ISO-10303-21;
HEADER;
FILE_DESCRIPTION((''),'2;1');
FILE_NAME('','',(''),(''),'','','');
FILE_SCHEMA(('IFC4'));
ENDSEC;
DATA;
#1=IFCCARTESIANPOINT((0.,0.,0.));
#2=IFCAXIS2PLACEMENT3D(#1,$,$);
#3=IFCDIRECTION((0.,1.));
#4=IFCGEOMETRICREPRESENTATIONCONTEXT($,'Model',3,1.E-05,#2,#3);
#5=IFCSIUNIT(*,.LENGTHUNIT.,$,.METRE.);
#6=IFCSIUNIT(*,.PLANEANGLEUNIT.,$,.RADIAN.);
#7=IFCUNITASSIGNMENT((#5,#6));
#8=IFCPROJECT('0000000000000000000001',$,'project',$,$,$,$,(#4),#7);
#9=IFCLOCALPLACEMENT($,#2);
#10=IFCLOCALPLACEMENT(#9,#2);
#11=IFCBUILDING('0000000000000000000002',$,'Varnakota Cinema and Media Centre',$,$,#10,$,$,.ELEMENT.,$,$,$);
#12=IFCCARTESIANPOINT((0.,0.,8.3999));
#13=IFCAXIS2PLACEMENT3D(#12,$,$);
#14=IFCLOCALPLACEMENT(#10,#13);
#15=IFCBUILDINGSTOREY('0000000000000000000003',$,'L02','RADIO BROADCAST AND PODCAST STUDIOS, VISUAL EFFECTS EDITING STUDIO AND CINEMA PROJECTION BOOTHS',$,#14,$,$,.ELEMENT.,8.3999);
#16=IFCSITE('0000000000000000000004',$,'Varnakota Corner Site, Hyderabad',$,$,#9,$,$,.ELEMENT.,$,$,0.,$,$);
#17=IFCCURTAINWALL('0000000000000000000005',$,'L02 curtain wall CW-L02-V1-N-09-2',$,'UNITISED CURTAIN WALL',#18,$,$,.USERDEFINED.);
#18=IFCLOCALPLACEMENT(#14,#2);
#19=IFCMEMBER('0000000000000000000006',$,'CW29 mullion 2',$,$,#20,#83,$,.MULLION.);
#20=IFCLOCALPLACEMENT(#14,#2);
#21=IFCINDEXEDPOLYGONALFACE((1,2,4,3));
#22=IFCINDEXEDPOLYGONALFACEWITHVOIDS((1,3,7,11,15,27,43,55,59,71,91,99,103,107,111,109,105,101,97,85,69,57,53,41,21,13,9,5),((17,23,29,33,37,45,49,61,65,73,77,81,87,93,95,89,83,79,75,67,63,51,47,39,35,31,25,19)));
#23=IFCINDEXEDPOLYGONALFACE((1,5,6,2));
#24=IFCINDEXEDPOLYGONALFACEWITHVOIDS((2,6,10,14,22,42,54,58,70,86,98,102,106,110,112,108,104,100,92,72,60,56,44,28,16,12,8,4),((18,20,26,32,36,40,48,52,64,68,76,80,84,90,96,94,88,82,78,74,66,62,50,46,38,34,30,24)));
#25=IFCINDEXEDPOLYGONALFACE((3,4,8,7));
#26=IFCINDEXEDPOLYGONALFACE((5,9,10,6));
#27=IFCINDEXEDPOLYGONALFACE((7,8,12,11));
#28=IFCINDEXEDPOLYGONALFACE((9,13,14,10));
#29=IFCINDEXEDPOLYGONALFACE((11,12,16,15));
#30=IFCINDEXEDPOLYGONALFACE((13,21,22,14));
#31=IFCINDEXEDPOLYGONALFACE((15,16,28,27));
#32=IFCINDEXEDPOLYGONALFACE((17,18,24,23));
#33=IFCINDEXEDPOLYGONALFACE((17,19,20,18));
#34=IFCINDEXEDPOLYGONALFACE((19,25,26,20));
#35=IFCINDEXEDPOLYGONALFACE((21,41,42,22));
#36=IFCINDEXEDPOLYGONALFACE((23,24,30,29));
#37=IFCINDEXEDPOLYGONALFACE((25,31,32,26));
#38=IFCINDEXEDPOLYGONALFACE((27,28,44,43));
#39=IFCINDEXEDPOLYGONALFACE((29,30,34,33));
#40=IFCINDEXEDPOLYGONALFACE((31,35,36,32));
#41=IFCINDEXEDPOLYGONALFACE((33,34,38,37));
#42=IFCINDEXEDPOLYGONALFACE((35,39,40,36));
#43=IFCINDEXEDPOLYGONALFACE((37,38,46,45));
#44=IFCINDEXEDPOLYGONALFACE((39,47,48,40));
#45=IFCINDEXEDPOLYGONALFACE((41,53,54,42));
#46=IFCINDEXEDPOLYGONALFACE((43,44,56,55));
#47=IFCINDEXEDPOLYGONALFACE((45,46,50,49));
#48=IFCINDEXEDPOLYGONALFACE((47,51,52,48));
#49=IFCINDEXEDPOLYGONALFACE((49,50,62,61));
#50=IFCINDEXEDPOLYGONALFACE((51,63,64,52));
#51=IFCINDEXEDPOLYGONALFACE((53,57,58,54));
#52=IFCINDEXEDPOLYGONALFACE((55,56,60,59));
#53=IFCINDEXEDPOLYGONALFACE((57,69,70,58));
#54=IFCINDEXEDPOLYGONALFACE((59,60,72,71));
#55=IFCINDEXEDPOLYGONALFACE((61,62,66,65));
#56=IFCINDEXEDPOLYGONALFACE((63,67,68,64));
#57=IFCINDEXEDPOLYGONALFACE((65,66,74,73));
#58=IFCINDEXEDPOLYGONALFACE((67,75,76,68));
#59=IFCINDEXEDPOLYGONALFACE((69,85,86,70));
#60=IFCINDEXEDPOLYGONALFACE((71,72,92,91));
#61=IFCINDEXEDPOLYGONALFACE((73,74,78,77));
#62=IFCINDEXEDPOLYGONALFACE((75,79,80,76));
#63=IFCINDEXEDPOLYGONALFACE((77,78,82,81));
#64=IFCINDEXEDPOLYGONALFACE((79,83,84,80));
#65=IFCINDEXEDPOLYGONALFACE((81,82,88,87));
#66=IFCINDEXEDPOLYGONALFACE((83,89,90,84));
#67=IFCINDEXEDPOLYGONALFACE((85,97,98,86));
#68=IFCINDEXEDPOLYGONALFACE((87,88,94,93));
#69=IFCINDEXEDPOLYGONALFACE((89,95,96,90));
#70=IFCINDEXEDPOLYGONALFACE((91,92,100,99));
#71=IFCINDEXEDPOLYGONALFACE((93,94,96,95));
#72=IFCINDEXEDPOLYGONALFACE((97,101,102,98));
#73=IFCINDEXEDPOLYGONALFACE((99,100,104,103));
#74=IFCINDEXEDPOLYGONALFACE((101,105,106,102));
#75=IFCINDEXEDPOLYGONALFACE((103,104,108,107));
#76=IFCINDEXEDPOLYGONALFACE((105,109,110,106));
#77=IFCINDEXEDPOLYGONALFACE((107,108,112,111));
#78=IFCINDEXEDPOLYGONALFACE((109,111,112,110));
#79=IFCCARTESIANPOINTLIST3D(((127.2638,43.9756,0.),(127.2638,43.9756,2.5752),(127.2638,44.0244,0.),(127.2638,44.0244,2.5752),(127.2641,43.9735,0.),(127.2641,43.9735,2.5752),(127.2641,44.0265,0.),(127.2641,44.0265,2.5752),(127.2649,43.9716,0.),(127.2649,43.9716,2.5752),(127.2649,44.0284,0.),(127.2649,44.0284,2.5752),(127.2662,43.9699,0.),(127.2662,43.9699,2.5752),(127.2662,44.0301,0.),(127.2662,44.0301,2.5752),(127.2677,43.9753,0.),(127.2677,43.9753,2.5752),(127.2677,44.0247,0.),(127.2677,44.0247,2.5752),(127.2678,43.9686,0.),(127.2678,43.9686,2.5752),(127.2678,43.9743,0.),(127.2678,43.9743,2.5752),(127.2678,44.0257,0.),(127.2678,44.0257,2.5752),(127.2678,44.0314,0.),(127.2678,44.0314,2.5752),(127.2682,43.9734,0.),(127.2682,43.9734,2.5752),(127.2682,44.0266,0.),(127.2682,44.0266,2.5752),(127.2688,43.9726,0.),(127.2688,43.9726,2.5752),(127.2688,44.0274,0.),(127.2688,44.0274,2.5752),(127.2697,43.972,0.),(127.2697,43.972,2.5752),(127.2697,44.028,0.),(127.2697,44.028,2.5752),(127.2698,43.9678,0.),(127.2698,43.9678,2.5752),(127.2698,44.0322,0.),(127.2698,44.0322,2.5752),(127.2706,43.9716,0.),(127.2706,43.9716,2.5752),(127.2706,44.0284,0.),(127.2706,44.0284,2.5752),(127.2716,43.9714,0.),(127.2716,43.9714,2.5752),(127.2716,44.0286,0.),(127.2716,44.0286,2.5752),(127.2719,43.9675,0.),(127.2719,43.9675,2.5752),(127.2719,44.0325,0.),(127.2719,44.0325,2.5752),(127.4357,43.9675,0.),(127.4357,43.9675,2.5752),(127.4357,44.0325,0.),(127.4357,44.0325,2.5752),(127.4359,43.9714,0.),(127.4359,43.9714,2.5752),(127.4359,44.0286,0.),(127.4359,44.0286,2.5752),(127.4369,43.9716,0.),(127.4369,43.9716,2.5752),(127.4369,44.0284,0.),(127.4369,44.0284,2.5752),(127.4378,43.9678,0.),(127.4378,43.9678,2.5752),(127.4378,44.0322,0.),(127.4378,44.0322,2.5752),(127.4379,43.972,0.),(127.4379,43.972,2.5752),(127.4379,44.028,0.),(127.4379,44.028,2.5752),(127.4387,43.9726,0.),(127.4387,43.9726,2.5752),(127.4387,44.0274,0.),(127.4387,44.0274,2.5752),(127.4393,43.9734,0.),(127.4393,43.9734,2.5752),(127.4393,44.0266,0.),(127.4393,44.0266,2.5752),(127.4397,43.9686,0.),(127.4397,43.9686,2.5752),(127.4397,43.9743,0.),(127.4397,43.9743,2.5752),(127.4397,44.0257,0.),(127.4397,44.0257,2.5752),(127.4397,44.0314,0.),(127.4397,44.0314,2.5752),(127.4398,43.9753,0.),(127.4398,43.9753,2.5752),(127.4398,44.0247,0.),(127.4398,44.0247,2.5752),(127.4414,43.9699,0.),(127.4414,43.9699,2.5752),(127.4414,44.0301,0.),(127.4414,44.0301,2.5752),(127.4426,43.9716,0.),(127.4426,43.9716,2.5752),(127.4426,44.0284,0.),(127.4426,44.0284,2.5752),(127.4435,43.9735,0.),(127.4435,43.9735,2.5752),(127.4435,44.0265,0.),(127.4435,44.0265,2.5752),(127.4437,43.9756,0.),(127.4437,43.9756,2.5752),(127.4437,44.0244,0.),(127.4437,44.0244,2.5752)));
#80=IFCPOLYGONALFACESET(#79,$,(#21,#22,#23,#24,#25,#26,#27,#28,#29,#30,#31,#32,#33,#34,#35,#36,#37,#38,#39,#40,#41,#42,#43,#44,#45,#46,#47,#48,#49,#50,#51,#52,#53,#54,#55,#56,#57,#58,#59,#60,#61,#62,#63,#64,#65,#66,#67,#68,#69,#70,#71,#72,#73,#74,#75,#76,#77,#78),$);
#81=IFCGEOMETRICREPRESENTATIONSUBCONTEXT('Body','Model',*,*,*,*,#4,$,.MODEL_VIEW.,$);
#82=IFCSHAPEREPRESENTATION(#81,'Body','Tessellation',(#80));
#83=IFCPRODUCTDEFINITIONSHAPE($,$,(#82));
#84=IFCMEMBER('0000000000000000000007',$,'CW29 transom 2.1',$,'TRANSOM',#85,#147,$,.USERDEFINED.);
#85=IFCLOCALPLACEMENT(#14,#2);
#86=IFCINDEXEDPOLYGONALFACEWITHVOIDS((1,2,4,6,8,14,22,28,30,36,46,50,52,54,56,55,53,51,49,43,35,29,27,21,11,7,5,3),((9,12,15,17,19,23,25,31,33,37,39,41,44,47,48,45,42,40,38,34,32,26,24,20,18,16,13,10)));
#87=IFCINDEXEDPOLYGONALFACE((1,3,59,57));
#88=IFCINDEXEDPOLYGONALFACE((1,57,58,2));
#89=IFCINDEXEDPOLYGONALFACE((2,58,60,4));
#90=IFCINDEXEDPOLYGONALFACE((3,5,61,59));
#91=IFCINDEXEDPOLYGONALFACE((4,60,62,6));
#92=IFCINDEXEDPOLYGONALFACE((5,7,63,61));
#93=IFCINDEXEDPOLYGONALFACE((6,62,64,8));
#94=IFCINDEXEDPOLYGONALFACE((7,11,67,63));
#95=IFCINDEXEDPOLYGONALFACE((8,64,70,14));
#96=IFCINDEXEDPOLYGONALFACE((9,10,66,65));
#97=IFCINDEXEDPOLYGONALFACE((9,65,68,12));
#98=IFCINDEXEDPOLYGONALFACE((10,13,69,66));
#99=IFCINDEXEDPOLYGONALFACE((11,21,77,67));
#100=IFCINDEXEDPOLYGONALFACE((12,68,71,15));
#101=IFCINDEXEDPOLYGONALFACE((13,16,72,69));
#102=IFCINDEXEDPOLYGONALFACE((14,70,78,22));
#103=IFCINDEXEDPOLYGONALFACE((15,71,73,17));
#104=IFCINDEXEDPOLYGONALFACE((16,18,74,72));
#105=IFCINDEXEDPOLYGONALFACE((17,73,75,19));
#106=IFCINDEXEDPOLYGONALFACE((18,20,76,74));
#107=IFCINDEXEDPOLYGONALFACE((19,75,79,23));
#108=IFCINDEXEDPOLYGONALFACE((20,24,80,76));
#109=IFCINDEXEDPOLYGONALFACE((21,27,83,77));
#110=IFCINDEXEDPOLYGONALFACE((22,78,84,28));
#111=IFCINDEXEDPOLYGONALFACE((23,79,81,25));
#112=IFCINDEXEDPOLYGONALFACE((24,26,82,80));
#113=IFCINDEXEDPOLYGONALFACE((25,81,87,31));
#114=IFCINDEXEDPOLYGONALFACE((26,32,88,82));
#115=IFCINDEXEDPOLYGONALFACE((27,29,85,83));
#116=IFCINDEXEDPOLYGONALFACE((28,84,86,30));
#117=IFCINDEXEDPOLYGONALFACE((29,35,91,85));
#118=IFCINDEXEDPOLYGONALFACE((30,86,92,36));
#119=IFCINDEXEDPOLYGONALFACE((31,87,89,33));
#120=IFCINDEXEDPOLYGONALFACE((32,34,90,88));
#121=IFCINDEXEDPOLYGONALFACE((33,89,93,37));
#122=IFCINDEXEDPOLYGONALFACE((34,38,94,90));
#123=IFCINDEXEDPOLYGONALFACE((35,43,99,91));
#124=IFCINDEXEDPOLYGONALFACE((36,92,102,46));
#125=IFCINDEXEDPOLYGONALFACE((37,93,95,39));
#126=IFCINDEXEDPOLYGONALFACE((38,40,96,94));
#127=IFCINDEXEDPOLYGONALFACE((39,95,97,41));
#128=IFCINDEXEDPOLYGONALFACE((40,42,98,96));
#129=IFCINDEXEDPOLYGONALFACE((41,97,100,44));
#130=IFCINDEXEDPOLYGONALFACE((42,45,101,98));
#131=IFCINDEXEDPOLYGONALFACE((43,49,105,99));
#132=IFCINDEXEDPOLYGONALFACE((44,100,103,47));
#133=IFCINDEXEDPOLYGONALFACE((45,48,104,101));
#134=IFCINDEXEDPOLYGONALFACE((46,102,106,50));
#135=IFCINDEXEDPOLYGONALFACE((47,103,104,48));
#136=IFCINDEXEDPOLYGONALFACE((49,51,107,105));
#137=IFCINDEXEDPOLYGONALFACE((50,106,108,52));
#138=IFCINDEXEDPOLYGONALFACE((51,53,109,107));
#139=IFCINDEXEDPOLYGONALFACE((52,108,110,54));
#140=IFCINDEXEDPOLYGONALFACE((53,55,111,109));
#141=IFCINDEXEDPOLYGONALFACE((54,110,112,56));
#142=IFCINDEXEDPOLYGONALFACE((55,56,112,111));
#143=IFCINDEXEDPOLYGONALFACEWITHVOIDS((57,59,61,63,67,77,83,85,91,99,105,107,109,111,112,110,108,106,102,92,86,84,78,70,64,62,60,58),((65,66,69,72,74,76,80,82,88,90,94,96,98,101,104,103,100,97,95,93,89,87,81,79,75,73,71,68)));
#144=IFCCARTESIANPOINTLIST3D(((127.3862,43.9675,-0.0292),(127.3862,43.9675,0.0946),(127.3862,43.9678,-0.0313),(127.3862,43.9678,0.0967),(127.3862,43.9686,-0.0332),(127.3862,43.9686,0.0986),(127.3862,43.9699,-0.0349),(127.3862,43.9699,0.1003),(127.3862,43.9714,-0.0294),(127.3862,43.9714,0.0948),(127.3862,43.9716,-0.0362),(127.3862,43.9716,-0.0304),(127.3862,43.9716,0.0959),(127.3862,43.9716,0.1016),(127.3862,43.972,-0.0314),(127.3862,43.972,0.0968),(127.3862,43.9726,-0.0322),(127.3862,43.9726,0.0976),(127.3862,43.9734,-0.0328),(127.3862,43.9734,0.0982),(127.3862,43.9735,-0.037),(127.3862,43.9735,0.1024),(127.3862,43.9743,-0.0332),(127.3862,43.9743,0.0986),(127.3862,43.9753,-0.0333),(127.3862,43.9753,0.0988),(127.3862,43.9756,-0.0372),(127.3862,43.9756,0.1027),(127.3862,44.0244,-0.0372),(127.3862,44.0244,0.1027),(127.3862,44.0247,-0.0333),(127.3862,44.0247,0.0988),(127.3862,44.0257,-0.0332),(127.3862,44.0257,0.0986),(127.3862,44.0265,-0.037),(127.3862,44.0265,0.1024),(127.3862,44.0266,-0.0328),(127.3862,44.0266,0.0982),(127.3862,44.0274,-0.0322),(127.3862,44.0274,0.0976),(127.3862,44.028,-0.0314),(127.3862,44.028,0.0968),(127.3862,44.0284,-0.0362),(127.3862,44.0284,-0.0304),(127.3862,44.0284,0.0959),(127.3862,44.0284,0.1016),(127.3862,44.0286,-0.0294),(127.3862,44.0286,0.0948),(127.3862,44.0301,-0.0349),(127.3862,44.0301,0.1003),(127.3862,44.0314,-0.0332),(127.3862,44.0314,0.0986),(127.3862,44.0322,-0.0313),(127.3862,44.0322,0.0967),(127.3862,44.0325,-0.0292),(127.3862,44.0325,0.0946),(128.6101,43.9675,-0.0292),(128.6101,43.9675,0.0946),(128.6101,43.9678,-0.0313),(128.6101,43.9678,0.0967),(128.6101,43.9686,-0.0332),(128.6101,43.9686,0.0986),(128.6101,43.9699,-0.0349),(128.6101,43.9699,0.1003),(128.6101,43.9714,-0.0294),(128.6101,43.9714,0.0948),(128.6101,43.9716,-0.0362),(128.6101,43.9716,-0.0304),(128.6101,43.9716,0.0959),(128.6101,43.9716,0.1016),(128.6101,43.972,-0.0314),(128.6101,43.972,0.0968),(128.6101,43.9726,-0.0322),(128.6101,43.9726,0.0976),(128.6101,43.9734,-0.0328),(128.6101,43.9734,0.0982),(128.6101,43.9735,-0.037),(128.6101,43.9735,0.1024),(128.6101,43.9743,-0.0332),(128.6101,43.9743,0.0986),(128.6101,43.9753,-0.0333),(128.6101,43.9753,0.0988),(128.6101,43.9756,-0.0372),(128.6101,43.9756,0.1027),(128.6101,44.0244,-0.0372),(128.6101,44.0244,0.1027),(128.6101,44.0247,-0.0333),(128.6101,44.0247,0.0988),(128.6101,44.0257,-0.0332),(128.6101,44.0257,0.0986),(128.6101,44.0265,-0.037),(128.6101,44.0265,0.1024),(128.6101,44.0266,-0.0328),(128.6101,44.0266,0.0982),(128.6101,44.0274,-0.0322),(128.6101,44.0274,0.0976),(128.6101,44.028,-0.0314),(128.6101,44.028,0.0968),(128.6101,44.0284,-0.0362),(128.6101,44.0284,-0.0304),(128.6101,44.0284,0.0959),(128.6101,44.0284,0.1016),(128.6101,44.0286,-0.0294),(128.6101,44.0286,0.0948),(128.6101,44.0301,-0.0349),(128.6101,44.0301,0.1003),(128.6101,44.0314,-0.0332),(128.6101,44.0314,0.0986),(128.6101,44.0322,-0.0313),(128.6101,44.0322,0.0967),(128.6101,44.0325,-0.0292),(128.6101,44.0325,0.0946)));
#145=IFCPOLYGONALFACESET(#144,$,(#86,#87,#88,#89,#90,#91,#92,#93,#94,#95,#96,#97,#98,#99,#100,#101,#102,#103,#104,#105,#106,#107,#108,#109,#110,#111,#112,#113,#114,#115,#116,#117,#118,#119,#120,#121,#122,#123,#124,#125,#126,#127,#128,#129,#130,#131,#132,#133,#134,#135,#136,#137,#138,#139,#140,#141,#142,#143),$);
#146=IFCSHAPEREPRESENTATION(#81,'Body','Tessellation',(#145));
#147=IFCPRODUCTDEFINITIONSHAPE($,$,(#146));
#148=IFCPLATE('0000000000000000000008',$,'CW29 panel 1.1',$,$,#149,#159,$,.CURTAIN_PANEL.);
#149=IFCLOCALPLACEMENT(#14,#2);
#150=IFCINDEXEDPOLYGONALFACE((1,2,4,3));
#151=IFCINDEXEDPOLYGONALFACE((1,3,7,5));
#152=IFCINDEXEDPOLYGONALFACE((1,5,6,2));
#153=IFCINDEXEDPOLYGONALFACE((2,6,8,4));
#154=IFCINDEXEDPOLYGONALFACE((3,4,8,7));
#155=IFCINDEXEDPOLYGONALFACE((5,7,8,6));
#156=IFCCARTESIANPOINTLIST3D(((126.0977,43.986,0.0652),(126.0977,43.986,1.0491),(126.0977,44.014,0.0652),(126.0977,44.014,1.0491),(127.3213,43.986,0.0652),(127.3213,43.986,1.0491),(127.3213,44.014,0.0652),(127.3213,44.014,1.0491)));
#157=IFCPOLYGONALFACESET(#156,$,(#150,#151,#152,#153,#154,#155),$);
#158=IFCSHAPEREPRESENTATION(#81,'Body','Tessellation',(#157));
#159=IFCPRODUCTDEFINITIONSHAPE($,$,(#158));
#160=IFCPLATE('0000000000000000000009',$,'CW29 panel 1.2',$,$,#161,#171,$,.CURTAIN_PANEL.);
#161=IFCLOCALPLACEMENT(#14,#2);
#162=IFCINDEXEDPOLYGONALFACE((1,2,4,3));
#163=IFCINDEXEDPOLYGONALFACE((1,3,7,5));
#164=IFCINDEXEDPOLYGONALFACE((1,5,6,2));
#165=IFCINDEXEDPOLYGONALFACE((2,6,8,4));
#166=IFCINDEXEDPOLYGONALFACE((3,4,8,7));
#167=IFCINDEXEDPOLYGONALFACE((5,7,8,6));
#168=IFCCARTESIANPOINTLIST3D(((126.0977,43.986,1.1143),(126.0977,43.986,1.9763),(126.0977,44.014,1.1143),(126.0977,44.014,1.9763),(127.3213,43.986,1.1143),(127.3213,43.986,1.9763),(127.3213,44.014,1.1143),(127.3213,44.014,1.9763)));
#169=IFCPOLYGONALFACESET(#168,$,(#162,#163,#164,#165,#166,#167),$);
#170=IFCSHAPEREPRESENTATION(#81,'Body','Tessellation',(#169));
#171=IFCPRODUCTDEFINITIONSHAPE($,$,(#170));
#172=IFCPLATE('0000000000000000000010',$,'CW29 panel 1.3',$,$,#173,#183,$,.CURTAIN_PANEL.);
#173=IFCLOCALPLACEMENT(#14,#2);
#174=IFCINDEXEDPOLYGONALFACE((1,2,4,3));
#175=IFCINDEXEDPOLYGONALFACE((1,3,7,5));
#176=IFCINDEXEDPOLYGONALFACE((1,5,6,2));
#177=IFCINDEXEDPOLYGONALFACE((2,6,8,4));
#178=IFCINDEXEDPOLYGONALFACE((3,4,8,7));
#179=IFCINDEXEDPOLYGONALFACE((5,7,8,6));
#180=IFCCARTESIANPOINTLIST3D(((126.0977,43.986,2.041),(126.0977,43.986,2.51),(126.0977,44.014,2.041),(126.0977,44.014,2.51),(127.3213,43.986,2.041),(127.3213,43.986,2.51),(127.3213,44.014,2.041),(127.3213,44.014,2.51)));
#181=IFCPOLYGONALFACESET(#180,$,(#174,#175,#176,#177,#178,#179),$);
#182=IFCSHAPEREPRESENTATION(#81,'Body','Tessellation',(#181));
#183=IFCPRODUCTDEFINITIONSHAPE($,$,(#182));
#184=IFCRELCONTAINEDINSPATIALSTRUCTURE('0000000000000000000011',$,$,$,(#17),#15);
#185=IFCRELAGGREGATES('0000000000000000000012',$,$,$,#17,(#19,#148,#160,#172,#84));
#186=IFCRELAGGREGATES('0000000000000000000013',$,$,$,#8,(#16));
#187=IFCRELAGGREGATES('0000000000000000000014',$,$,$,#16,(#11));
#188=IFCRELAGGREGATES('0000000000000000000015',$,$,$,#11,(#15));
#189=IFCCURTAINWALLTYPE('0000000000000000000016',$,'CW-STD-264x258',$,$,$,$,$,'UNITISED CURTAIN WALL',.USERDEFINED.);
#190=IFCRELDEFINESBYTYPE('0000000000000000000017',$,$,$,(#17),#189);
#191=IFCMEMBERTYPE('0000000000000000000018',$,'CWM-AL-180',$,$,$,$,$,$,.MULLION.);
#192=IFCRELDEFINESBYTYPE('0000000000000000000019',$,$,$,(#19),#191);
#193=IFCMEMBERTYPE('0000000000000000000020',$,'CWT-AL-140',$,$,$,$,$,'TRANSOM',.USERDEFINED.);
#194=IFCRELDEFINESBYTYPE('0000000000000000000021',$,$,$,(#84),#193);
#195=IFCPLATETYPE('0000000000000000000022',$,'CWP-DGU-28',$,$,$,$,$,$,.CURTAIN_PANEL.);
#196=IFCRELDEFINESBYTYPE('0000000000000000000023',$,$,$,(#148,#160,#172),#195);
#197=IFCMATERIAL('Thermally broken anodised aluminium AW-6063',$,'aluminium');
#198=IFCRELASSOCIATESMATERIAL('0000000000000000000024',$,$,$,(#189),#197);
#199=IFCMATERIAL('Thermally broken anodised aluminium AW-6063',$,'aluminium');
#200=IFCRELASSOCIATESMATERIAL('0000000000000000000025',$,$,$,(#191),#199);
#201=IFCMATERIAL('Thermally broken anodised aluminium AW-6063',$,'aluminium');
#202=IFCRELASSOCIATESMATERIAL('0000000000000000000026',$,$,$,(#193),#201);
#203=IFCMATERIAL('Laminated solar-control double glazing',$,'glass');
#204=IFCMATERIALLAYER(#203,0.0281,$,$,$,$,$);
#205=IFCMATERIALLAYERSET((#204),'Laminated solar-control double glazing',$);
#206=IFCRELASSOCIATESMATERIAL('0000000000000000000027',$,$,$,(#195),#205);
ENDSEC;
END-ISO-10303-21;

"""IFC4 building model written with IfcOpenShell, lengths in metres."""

from ifc_helpers import new_model, si_unit, direction, frame, origin, origin_2d, place, context, subcontext, project, spatial, rectangle, hollow_rectangle, extrude, material, layer, layer_set, material_profile, profile_set, type_object, element, aggregate, save


model = new_model("IFC4")

# Units and contexts
model_context = context("Model", 3, precision=1e-05, world=origin(), true_north=direction((0.0, 1.0)))
body_context = subcontext(model_context, "Body", "Model", "MODEL_VIEW")
ifc_project = project(units=[si_unit("LENGTHUNIT", "METRE"), si_unit("PLANEANGLEUNIT", "RADIAN")], contexts=[model_context])

# Site, building, storey
site_placement = place(None, origin())
site = spatial("IfcSite", under=ifc_project, at=site_placement, Name="Varnakota Corner Site, Hyderabad", CompositionType="ELEMENT", RefElevation=0.0)
building_placement = place(site_placement, origin())
building = spatial("IfcBuilding", under=site, at=building_placement, Name="Varnakota Cinema and Media Centre", CompositionType="ELEMENT")
storey_placement = place(building_placement, frame((0.0, 0.0, 8.3999)))
storey = spatial("IfcBuildingStorey", under=building, at=storey_placement, Name="L02", Description="RADIO BROADCAST AND PODCAST STUDIOS, VISUAL EFFECTS EDITING STUDIO AND CINEMA PROJECTION BOOTHS", CompositionType="ELEMENT", Elevation=8.3999)

# Curtain wall, members, plates
ifc_material_1 = material(Name="Thermally broken anodised aluminium AW-6063", Category="aluminium")
curtain_wall_type = type_object("IfcCurtainWallType", Name="CW-STD-264x258", ElementType="UNITISED CURTAIN WALL", PredefinedType="USERDEFINED", material=ifc_material_1)
curtain_wall_placement = place(storey_placement, origin())
curtain_wall = element("IfcCurtainWall", 1, at=curtain_wall_placement, inside=storey, type_object=curtain_wall_type, Name="L02 curtain wall CW-L02-V1-N-09-2", ObjectType="UNITISED CURTAIN WALL", PredefinedType="USERDEFINED")
ifc_material_2 = material(Name="Thermally broken anodised aluminium AW-6063", Category="aluminium")
ifc_material_profile_1 = material_profile(ifc_material_2, hollow_rectangle(XDim=0.0649, YDim=0.1799, WallThickness=0.0039, InnerFilletRadius=0.0039, OuterFilletRadius=0.0081, at=origin_2d()), Name="AL-MULLION 180x65x4")
ifc_profile_set_1 = profile_set([ifc_material_profile_1], Name="Thermally broken anodised aluminium AW-6063")
member_type_1 = type_object("IfcMemberType", Name="CWM-AL-180", PredefinedType="MULLION", material=ifc_profile_set_1)
member_1_placement = place(storey_placement, frame((127.3538, 44.0, 0.0), z_axis=(0.0, 0.0, 1.0), x_axis=(0.0, 1.0, 0.0)))
member_1 = element("IfcMember", 2, at=member_1_placement, type_object=member_type_1, Name="CW29 mullion 2", PredefinedType="MULLION", context=body_context, shape_type="SweptSolid", body=[
    extrude(hollow_rectangle(XDim=0.0649, YDim=0.1799, WallThickness=0.0039, InnerFilletRadius=0.0039, OuterFilletRadius=0.0081, at=origin_2d()), origin(), (0.0, 0.0, 1.0), 2.5752),
])
ifc_material_3 = material(Name="Thermally broken anodised aluminium AW-6063", Category="aluminium")
ifc_material_profile_2 = material_profile(ifc_material_3, hollow_rectangle(XDim=0.0649, YDim=0.1399, WallThickness=0.0039, InnerFilletRadius=0.0039, OuterFilletRadius=0.0081, at=origin_2d()), Name="AL-TRANSOM 140x65x4")
ifc_profile_set_2 = profile_set([ifc_material_profile_2], Name="Thermally broken anodised aluminium AW-6063")
member_type_2 = type_object("IfcMemberType", Name="CWT-AL-140", ElementType="TRANSOM", PredefinedType="USERDEFINED", material=ifc_profile_set_2)
member_2_placement = place(storey_placement, frame((127.3862, 44.0, 0.0327), z_axis=(1.0, 0.0, 0.0), x_axis=(0.0, 1.0, 0.0)))
member_2 = element("IfcMember", 3, at=member_2_placement, type_object=member_type_2, Name="CW29 transom 2.1", ObjectType="TRANSOM", PredefinedType="USERDEFINED", context=body_context, shape_type="SweptSolid", body=[
    extrude(hollow_rectangle(XDim=0.0649, YDim=0.1399, WallThickness=0.0039, InnerFilletRadius=0.0039, OuterFilletRadius=0.0081, at=origin_2d()), origin(), (0.0, 0.0, 1.0), 1.2239),
])
ifc_material_4 = material(Name="Laminated solar-control double glazing", Category="glass")
ifc_layer_1 = layer(ifc_material_4, 0.0281)
ifc_layer_set_1 = layer_set([ifc_layer_1], Name="Laminated solar-control double glazing")
plate_type = type_object("IfcPlateType", Name="CWP-DGU-28", PredefinedType="CURTAIN_PANEL", material=ifc_layer_set_1)
plate_1_placement = place(storey_placement, frame((126.7095, 44.0, 0.0652), z_axis=(0.0, 0.0, 1.0), x_axis=(1.0, 0.0, 0.0)))
plate_1 = element("IfcPlate", 4, at=plate_1_placement, type_object=plate_type, Name="CW29 panel 1.1", PredefinedType="CURTAIN_PANEL", context=body_context, shape_type="SweptSolid", body=[
    extrude(rectangle(XDim=1.2236, YDim=0.0281, at=origin_2d()), origin(), (0.0, 0.0, 1.0), 0.9839),
])
plate_2_placement = place(storey_placement, frame((126.7095, 44.0, 1.1143), z_axis=(0.0, 0.0, 1.0), x_axis=(1.0, 0.0, 0.0)))
plate_2 = element("IfcPlate", 5, at=plate_2_placement, type_object=plate_type, Name="CW29 panel 1.2", PredefinedType="CURTAIN_PANEL", context=body_context, shape_type="SweptSolid", body=[
    extrude(rectangle(XDim=1.2236, YDim=0.0281, at=origin_2d()), origin(), (0.0, 0.0, 1.0), 0.8621),
])
plate_3_placement = place(storey_placement, frame((126.7095, 44.0, 2.041), z_axis=(0.0, 0.0, 1.0), x_axis=(1.0, 0.0, 0.0)))
plate_3 = element("IfcPlate", 6, at=plate_3_placement, type_object=plate_type, Name="CW29 panel 1.3", PredefinedType="CURTAIN_PANEL", context=body_context, shape_type="SweptSolid", body=[
    extrude(rectangle(XDim=1.2236, YDim=0.0281, at=origin_2d()), origin(), (0.0, 0.0, 1.0), 0.469),
])
aggregate(curtain_wall, [member_1, plate_1, plate_2, plate_3, member_2])

save(model, "model.ifc")
